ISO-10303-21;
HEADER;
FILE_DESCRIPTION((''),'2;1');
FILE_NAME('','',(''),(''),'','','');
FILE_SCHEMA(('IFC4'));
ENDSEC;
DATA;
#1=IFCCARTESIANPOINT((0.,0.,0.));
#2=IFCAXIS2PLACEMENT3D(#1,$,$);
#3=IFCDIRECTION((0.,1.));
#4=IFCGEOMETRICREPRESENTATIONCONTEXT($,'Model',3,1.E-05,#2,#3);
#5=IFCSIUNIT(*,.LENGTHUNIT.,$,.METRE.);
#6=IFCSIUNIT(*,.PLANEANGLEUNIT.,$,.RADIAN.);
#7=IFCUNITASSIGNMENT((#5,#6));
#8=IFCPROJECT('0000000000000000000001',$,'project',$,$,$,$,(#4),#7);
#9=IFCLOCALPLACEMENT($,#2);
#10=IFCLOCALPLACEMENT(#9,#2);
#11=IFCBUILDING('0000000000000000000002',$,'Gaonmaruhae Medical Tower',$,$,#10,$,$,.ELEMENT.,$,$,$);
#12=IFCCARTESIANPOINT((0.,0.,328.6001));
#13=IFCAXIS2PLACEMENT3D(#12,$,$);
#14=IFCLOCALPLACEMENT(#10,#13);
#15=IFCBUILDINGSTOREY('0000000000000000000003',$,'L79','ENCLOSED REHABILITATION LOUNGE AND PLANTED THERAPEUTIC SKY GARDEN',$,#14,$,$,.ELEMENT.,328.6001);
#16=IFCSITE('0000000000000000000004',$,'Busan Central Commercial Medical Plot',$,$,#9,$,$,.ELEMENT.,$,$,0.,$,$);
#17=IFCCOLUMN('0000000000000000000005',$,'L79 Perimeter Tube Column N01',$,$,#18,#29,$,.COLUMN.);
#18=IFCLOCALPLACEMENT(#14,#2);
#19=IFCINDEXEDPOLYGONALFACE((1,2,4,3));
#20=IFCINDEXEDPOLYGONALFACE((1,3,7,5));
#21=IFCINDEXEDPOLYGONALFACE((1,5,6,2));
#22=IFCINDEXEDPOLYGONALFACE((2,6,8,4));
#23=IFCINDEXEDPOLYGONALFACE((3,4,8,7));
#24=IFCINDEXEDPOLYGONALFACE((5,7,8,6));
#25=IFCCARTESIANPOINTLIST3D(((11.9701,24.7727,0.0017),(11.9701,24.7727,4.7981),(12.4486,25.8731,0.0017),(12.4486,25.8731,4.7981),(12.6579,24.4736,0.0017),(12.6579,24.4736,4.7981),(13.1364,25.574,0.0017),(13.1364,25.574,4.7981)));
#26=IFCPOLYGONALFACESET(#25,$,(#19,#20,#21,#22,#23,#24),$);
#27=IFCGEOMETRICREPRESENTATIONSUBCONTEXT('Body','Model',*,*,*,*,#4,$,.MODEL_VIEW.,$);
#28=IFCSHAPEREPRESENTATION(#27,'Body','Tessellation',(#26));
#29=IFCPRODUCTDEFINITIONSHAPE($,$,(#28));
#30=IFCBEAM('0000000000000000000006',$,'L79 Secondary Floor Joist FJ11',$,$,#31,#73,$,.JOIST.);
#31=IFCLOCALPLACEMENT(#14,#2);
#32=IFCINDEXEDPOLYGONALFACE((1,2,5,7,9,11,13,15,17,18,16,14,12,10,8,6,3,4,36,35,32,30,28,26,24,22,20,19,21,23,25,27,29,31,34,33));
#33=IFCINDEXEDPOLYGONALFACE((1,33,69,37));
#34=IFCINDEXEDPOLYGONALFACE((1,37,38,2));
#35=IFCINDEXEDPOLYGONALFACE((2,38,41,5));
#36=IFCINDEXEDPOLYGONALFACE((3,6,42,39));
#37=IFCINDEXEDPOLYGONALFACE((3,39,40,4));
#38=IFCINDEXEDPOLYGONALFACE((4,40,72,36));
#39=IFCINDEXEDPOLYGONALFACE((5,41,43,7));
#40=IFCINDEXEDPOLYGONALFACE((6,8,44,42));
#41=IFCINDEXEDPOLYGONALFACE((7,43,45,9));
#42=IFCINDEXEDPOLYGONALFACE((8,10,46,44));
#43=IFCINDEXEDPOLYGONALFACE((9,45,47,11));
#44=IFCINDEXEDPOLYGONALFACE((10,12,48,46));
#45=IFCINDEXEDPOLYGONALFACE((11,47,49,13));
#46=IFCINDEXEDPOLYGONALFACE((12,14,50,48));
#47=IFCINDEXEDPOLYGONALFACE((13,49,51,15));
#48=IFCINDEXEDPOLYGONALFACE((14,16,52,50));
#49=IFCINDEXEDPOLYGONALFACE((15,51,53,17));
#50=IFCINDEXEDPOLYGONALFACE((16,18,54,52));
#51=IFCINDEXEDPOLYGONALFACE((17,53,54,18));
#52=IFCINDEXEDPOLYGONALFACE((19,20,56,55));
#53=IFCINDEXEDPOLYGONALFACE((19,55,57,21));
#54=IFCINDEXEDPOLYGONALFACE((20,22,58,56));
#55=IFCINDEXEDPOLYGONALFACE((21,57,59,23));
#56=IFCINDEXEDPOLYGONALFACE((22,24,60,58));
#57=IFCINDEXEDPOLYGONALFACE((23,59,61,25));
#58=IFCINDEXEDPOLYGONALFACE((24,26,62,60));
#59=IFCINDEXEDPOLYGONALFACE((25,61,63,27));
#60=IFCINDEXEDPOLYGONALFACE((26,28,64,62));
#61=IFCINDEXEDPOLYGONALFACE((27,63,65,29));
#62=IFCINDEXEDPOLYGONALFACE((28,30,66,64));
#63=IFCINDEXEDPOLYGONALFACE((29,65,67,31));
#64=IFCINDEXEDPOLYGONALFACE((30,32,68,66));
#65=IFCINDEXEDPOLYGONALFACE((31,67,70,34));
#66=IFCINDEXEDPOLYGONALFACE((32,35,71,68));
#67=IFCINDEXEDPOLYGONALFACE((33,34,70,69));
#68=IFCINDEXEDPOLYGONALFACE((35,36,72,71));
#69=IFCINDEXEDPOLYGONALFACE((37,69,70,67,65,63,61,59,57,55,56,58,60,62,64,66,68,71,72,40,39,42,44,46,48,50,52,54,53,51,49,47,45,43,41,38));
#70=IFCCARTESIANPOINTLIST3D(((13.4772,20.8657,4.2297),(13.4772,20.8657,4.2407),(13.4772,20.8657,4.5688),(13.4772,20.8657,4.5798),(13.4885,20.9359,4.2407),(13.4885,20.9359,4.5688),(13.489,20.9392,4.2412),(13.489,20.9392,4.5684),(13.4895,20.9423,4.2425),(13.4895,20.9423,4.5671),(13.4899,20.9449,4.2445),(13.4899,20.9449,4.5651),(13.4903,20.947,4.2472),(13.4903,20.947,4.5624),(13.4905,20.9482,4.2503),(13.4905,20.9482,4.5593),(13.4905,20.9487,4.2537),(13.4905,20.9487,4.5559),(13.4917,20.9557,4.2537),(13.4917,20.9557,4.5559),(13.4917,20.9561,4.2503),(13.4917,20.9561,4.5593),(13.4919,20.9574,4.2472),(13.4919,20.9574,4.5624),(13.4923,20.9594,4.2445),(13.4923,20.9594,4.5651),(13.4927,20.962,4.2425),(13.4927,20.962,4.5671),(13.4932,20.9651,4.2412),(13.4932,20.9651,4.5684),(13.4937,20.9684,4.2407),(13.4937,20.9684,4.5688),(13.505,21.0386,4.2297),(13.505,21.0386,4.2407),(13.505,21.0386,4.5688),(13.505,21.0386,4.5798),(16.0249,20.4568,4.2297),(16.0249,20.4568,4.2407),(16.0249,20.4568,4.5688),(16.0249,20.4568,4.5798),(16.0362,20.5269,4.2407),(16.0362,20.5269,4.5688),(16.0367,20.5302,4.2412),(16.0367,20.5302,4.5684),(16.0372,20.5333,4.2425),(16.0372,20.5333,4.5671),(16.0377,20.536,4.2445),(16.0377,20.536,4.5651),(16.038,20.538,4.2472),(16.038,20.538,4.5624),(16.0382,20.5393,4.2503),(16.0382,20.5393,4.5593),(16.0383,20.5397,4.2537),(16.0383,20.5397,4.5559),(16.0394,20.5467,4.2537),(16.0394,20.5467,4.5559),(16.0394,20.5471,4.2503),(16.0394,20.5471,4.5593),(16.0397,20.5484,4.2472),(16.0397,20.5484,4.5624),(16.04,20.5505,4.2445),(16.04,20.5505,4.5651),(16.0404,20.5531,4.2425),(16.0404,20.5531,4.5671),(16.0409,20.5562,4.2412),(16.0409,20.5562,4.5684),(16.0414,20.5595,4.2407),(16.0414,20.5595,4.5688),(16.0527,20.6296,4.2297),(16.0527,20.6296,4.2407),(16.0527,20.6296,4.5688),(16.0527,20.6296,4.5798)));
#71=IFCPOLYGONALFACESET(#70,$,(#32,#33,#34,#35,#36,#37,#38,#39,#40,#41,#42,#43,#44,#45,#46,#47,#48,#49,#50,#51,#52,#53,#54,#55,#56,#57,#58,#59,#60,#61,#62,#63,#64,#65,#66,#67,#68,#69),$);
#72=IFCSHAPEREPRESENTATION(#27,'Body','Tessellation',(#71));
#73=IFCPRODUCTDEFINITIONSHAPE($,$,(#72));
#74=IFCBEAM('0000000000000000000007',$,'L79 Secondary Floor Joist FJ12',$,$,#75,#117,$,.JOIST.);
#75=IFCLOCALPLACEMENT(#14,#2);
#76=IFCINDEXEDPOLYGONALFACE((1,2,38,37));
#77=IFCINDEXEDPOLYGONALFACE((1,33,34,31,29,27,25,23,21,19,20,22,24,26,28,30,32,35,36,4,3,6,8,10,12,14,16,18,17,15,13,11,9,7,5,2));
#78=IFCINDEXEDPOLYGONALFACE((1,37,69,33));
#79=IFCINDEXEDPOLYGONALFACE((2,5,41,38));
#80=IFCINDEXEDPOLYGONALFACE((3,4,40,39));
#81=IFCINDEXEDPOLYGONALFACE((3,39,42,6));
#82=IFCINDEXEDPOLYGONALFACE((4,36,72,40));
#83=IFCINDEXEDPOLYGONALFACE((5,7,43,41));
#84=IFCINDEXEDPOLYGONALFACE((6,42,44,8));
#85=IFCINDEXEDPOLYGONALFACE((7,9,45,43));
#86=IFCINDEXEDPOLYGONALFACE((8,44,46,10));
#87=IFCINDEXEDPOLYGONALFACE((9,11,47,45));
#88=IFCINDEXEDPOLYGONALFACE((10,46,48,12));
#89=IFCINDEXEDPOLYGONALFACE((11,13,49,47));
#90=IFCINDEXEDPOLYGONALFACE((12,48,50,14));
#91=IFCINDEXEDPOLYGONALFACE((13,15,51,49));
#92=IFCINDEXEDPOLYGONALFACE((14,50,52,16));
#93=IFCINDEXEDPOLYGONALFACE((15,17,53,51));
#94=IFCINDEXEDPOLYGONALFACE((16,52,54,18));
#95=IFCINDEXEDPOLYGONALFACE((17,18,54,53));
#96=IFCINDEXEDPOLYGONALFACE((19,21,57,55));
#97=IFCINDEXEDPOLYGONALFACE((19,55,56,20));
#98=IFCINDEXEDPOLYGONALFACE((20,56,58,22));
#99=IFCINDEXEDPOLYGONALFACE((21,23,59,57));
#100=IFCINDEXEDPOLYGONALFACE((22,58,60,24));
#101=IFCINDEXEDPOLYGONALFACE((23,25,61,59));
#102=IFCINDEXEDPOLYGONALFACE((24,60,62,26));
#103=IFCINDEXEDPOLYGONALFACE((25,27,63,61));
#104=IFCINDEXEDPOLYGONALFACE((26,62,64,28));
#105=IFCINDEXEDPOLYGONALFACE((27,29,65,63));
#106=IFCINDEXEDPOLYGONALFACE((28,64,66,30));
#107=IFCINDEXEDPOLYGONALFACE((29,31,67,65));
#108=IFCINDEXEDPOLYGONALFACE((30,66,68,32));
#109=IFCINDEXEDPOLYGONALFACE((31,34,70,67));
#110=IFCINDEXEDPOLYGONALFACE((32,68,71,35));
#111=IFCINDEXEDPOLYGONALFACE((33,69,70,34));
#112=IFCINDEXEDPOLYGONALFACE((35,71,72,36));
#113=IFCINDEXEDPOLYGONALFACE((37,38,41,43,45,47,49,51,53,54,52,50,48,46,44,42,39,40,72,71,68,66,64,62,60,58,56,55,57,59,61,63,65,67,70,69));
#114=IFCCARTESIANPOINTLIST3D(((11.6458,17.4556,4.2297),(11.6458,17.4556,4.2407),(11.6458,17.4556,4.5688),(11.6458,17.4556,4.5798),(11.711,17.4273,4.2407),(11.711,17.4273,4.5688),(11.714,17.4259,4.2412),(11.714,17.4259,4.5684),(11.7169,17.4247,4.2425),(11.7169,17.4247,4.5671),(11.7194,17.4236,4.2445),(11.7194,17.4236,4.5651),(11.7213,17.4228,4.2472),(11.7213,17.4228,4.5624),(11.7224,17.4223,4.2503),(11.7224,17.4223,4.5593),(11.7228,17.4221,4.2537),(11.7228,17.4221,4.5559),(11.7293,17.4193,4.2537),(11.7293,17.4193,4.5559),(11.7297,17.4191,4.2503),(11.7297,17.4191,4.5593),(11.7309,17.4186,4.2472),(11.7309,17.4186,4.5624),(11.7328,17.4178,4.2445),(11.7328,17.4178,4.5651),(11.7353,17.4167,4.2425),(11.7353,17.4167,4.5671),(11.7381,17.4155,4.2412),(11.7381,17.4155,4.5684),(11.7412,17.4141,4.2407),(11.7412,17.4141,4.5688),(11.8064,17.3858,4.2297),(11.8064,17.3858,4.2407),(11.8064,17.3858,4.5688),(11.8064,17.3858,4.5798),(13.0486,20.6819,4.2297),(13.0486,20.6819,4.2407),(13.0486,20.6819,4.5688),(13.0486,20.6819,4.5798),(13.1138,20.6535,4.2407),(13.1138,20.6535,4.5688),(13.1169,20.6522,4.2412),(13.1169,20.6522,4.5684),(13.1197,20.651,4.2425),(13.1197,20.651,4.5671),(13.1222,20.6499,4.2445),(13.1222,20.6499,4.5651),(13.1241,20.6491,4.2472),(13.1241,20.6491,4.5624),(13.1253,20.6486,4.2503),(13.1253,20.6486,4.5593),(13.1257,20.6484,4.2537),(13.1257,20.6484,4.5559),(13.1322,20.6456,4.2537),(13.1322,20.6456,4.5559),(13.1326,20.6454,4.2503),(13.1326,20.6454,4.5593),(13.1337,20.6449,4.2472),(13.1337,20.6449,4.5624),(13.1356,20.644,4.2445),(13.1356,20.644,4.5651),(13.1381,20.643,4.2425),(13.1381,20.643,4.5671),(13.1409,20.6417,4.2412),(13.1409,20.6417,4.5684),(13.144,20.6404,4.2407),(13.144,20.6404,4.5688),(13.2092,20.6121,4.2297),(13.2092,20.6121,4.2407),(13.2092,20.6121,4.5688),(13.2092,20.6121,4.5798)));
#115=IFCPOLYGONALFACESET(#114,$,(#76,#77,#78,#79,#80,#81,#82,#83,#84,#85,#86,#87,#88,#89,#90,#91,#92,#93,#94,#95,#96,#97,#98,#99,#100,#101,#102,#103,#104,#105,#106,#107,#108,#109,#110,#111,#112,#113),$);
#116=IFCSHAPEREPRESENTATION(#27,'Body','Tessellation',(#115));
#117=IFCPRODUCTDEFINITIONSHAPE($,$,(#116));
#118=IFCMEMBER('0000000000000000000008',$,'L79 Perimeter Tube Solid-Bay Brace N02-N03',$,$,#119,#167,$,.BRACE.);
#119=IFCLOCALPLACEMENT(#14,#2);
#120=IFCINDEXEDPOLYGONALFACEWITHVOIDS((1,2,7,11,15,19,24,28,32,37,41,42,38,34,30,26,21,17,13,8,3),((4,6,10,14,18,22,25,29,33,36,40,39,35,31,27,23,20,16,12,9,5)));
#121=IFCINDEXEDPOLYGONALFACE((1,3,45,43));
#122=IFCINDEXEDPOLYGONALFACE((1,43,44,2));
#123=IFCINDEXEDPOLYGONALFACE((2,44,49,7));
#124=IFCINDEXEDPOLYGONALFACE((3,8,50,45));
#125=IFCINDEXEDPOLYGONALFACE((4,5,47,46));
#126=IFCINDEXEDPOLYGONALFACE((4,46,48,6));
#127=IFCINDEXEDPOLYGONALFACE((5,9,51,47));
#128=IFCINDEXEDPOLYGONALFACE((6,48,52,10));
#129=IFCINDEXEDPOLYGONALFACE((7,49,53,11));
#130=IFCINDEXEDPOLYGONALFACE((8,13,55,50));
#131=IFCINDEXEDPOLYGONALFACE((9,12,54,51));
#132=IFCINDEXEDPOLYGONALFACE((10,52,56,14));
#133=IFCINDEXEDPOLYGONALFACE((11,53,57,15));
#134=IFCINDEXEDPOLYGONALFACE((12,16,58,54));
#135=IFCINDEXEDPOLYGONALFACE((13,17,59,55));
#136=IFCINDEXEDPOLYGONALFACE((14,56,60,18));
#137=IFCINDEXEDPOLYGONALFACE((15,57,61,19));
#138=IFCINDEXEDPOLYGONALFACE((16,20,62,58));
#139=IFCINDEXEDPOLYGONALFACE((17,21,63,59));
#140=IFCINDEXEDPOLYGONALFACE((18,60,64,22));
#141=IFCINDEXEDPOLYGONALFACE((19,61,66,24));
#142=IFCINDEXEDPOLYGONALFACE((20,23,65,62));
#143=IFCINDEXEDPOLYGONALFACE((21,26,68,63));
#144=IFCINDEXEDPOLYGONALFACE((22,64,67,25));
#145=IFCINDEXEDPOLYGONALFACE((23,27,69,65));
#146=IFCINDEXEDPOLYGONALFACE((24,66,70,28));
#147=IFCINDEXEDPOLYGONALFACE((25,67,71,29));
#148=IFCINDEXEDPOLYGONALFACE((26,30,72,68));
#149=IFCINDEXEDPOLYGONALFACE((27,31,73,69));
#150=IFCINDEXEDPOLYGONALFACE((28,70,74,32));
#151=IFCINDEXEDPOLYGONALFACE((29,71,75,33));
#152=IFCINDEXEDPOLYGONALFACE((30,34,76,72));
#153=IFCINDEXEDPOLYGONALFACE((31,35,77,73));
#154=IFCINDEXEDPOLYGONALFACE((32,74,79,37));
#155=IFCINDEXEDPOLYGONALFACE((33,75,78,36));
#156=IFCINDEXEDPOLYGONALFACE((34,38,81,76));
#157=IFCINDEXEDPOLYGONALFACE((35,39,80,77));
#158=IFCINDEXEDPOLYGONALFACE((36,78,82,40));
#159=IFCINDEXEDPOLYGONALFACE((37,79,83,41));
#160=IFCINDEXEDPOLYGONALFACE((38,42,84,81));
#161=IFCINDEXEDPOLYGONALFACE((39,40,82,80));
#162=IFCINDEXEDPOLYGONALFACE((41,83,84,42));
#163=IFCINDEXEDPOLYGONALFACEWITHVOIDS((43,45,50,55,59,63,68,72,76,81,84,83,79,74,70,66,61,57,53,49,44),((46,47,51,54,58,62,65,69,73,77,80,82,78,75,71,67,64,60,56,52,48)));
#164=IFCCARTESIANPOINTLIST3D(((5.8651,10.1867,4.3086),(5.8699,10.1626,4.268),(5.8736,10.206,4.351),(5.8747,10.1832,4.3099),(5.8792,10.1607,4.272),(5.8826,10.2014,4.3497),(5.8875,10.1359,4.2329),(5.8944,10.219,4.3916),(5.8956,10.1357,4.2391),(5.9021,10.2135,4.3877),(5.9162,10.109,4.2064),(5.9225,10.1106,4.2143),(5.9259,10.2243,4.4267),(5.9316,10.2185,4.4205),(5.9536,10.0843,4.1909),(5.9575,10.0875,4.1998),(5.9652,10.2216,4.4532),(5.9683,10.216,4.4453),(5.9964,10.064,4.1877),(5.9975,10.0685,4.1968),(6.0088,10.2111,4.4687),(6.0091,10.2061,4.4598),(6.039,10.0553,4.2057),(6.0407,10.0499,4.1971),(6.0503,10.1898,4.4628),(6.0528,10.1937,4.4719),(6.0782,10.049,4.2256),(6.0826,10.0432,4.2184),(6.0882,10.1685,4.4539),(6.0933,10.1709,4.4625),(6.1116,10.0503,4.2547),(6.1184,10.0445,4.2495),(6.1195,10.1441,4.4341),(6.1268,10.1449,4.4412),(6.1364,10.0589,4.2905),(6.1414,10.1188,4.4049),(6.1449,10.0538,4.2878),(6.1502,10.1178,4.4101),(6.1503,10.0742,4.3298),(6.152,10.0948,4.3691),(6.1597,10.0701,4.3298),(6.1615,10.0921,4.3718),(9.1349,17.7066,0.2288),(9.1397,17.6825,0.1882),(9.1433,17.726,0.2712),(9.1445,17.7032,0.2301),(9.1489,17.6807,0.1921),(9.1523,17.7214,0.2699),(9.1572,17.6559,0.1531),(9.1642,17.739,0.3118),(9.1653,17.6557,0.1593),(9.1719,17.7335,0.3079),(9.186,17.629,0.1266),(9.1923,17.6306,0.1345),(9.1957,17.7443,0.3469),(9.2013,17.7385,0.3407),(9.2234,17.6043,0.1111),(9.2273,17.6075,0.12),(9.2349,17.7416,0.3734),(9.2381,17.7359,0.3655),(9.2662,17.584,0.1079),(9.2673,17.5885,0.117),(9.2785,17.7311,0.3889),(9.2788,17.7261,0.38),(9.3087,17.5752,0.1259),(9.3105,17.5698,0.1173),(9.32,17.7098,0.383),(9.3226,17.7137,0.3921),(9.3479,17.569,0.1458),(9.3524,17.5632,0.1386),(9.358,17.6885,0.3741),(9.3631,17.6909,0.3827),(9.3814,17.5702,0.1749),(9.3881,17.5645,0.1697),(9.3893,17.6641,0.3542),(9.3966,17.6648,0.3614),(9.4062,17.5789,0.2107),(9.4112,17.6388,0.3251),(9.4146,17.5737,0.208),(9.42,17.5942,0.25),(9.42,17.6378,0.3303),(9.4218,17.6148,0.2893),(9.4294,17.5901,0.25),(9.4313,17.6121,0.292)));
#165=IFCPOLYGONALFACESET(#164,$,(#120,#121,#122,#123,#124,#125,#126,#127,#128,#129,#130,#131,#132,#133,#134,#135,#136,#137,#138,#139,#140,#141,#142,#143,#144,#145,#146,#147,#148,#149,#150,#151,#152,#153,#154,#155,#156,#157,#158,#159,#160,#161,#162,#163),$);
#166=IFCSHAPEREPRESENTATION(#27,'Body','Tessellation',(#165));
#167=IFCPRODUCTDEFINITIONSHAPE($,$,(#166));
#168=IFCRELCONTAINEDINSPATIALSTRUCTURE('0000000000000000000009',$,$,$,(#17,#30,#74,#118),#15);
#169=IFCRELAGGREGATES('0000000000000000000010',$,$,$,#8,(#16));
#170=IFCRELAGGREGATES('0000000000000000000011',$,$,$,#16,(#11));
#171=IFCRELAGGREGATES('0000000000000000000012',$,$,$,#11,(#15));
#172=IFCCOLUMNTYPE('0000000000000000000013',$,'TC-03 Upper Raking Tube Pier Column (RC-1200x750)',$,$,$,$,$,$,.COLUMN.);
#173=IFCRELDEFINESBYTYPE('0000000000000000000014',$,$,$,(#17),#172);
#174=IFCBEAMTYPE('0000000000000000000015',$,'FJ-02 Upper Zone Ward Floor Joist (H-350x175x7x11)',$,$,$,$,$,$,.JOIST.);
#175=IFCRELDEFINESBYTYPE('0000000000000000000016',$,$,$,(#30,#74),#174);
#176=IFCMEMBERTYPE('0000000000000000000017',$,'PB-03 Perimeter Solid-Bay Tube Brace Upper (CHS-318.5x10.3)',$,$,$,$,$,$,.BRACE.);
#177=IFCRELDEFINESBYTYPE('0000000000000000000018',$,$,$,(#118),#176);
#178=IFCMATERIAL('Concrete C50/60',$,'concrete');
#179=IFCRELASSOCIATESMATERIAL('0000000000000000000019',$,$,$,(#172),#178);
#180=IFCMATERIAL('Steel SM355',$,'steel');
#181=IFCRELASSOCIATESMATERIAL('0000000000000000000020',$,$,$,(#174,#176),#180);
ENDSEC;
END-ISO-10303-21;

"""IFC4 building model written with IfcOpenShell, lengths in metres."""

from ifc_helpers import new_model, si_unit, direction, frame, origin, origin_2d, place, context, subcontext, project, spatial, rectangle, hollow_circle, i_section, extrude, material, material_profile, profile_set, type_object, element, save


model = new_model("IFC4")

# Units and contexts
model_context = context("Model", 3, precision=1e-05, world=origin(), true_north=direction((0.0, 1.0)))
body_context = subcontext(model_context, "Body", "Model", "MODEL_VIEW")
ifc_project = project(units=[si_unit("LENGTHUNIT", "METRE"), si_unit("PLANEANGLEUNIT", "RADIAN")], contexts=[model_context])

# Site, building, storey
site_placement = place(None, origin())
site = spatial("IfcSite", under=ifc_project, at=site_placement, Name="Busan Central Commercial Medical Plot", CompositionType="ELEMENT", RefElevation=0.0)
building_placement = place(site_placement, origin())
building = spatial("IfcBuilding", under=site, at=building_placement, Name="Gaonmaruhae Medical Tower", CompositionType="ELEMENT")
storey_placement = place(building_placement, frame((0.0, 0.0, 328.6001)))
storey = spatial("IfcBuildingStorey", under=building, at=storey_placement, Name="L79", Description="ENCLOSED REHABILITATION LOUNGE AND PLANTED THERAPEUTIC SKY GARDEN", CompositionType="ELEMENT", Elevation=328.6001)

# Column
ifc_material_1 = material(Name="Concrete C50/60", Category="concrete")
ifc_material_profile_1 = material_profile(ifc_material_1, rectangle(XDim=1.2, YDim=0.75, at=origin_2d()), Name="RC-1200x750")
ifc_profile_set_1 = profile_set([ifc_material_profile_1], Name="Concrete C50/60")
column_type = type_object("IfcColumnType", Name="TC-03 Upper Raking Tube Pier Column (RC-1200x750)", PredefinedType="COLUMN", material=ifc_profile_set_1)
column_placement = place(storey_placement, frame((12.5532, 25.1733, 0.0017), z_axis=(0.0, 0.0, 1.0), x_axis=(0.398749, 0.91706, 0.0)))
element("IfcColumn", 1, at=column_placement, inside=storey, type_object=column_type, Name="L79 Perimeter Tube Column N01", PredefinedType="COLUMN", context=body_context, shape_type="SweptSolid", body=[
    extrude(rectangle(XDim=1.2, YDim=0.75, at=origin_2d()), origin(), (0.0, 0.0, 1.0), 4.7964),
])

# Beams
ifc_material_2 = material(Name="Steel SM355", Category="steel")
ifc_material_profile_2 = material_profile(ifc_material_2, i_section(OverallWidth=0.175, OverallDepth=0.3501, WebThickness=0.0071, FlangeThickness=0.011, FilletRadius=0.0129, at=origin_2d()), Name="H-350x175x7x11")
ifc_profile_set_2 = profile_set([ifc_material_profile_2], Name="Steel SM355")
beam_type_1 = type_object("IfcBeamType", Name="FJ-02 Upper Zone Ward Floor Joist (H-350x175x7x11)", PredefinedType="JOIST", material=ifc_profile_set_2)
beam_1_placement = place(storey_placement, frame((16.0388, 20.5432, 4.4048), z_axis=(-0.987361, 0.158489, 0.0), x_axis=(-0.158489, -0.987361, 0.0)))
element("IfcBeam", 2, at=beam_1_placement, inside=storey, type_object=beam_type_1, Name="L79 Secondary Floor Joist FJ11", PredefinedType="JOIST", context=body_context, shape_type="SweptSolid", body=[
    extrude(i_section(OverallWidth=0.175, OverallDepth=0.3501, WebThickness=0.0071, FlangeThickness=0.011, FilletRadius=0.0129, at=origin_2d()), origin(), (0.0, 0.0, 1.0), 2.5803),
])
beam_2_placement = place(storey_placement, frame((13.1289, 20.647, 4.4048), z_axis=(-0.398746, -0.917061, 0.0), x_axis=(0.917061, -0.398746, 0.0)))
element("IfcBeam", 3, at=beam_2_placement, inside=storey, type_object=beam_type_1, Name="L79 Secondary Floor Joist FJ12", PredefinedType="JOIST", context=body_context, shape_type="SweptSolid", body=[
    extrude(i_section(OverallWidth=0.175, OverallDepth=0.3501, WebThickness=0.0071, FlangeThickness=0.011, FilletRadius=0.0129, at=origin_2d()), origin(), (0.0, 0.0, 1.0), 3.5181),
])

# Member
ifc_material_profile_3 = material_profile(ifc_material_2, hollow_circle(Radius=0.1592, WallThickness=0.0103, at=origin_2d()), Name="CHS-318.5x10.3")
ifc_profile_set_3 = profile_set([ifc_material_profile_3], Name="Steel SM355")
member_type = type_object("IfcMemberType", Name="PB-03 Perimeter Solid-Bay Tube Brace Upper (CHS-318.5x10.3)", PredefinedType="BRACE", material=ifc_profile_set_3)
member_placement = place(storey_placement, frame((9.2834, 17.6536, 0.25), z_axis=(-0.357002, -0.821053, 0.445446), x_axis=(0.917061, -0.398747, 0.0)))
element("IfcMember", 4, at=member_placement, inside=storey, type_object=member_type, Name="L79 Perimeter Tube Solid-Bay Brace N02-N03", PredefinedType="BRACE", context=body_context, shape_type="SweptSolid", body=[
    extrude(hollow_circle(Radius=0.1592, WallThickness=0.0103, at=origin_2d()), origin(), (0.0, 0.0, 1.0), 9.1589),
])

save(model, "model.ifc")
